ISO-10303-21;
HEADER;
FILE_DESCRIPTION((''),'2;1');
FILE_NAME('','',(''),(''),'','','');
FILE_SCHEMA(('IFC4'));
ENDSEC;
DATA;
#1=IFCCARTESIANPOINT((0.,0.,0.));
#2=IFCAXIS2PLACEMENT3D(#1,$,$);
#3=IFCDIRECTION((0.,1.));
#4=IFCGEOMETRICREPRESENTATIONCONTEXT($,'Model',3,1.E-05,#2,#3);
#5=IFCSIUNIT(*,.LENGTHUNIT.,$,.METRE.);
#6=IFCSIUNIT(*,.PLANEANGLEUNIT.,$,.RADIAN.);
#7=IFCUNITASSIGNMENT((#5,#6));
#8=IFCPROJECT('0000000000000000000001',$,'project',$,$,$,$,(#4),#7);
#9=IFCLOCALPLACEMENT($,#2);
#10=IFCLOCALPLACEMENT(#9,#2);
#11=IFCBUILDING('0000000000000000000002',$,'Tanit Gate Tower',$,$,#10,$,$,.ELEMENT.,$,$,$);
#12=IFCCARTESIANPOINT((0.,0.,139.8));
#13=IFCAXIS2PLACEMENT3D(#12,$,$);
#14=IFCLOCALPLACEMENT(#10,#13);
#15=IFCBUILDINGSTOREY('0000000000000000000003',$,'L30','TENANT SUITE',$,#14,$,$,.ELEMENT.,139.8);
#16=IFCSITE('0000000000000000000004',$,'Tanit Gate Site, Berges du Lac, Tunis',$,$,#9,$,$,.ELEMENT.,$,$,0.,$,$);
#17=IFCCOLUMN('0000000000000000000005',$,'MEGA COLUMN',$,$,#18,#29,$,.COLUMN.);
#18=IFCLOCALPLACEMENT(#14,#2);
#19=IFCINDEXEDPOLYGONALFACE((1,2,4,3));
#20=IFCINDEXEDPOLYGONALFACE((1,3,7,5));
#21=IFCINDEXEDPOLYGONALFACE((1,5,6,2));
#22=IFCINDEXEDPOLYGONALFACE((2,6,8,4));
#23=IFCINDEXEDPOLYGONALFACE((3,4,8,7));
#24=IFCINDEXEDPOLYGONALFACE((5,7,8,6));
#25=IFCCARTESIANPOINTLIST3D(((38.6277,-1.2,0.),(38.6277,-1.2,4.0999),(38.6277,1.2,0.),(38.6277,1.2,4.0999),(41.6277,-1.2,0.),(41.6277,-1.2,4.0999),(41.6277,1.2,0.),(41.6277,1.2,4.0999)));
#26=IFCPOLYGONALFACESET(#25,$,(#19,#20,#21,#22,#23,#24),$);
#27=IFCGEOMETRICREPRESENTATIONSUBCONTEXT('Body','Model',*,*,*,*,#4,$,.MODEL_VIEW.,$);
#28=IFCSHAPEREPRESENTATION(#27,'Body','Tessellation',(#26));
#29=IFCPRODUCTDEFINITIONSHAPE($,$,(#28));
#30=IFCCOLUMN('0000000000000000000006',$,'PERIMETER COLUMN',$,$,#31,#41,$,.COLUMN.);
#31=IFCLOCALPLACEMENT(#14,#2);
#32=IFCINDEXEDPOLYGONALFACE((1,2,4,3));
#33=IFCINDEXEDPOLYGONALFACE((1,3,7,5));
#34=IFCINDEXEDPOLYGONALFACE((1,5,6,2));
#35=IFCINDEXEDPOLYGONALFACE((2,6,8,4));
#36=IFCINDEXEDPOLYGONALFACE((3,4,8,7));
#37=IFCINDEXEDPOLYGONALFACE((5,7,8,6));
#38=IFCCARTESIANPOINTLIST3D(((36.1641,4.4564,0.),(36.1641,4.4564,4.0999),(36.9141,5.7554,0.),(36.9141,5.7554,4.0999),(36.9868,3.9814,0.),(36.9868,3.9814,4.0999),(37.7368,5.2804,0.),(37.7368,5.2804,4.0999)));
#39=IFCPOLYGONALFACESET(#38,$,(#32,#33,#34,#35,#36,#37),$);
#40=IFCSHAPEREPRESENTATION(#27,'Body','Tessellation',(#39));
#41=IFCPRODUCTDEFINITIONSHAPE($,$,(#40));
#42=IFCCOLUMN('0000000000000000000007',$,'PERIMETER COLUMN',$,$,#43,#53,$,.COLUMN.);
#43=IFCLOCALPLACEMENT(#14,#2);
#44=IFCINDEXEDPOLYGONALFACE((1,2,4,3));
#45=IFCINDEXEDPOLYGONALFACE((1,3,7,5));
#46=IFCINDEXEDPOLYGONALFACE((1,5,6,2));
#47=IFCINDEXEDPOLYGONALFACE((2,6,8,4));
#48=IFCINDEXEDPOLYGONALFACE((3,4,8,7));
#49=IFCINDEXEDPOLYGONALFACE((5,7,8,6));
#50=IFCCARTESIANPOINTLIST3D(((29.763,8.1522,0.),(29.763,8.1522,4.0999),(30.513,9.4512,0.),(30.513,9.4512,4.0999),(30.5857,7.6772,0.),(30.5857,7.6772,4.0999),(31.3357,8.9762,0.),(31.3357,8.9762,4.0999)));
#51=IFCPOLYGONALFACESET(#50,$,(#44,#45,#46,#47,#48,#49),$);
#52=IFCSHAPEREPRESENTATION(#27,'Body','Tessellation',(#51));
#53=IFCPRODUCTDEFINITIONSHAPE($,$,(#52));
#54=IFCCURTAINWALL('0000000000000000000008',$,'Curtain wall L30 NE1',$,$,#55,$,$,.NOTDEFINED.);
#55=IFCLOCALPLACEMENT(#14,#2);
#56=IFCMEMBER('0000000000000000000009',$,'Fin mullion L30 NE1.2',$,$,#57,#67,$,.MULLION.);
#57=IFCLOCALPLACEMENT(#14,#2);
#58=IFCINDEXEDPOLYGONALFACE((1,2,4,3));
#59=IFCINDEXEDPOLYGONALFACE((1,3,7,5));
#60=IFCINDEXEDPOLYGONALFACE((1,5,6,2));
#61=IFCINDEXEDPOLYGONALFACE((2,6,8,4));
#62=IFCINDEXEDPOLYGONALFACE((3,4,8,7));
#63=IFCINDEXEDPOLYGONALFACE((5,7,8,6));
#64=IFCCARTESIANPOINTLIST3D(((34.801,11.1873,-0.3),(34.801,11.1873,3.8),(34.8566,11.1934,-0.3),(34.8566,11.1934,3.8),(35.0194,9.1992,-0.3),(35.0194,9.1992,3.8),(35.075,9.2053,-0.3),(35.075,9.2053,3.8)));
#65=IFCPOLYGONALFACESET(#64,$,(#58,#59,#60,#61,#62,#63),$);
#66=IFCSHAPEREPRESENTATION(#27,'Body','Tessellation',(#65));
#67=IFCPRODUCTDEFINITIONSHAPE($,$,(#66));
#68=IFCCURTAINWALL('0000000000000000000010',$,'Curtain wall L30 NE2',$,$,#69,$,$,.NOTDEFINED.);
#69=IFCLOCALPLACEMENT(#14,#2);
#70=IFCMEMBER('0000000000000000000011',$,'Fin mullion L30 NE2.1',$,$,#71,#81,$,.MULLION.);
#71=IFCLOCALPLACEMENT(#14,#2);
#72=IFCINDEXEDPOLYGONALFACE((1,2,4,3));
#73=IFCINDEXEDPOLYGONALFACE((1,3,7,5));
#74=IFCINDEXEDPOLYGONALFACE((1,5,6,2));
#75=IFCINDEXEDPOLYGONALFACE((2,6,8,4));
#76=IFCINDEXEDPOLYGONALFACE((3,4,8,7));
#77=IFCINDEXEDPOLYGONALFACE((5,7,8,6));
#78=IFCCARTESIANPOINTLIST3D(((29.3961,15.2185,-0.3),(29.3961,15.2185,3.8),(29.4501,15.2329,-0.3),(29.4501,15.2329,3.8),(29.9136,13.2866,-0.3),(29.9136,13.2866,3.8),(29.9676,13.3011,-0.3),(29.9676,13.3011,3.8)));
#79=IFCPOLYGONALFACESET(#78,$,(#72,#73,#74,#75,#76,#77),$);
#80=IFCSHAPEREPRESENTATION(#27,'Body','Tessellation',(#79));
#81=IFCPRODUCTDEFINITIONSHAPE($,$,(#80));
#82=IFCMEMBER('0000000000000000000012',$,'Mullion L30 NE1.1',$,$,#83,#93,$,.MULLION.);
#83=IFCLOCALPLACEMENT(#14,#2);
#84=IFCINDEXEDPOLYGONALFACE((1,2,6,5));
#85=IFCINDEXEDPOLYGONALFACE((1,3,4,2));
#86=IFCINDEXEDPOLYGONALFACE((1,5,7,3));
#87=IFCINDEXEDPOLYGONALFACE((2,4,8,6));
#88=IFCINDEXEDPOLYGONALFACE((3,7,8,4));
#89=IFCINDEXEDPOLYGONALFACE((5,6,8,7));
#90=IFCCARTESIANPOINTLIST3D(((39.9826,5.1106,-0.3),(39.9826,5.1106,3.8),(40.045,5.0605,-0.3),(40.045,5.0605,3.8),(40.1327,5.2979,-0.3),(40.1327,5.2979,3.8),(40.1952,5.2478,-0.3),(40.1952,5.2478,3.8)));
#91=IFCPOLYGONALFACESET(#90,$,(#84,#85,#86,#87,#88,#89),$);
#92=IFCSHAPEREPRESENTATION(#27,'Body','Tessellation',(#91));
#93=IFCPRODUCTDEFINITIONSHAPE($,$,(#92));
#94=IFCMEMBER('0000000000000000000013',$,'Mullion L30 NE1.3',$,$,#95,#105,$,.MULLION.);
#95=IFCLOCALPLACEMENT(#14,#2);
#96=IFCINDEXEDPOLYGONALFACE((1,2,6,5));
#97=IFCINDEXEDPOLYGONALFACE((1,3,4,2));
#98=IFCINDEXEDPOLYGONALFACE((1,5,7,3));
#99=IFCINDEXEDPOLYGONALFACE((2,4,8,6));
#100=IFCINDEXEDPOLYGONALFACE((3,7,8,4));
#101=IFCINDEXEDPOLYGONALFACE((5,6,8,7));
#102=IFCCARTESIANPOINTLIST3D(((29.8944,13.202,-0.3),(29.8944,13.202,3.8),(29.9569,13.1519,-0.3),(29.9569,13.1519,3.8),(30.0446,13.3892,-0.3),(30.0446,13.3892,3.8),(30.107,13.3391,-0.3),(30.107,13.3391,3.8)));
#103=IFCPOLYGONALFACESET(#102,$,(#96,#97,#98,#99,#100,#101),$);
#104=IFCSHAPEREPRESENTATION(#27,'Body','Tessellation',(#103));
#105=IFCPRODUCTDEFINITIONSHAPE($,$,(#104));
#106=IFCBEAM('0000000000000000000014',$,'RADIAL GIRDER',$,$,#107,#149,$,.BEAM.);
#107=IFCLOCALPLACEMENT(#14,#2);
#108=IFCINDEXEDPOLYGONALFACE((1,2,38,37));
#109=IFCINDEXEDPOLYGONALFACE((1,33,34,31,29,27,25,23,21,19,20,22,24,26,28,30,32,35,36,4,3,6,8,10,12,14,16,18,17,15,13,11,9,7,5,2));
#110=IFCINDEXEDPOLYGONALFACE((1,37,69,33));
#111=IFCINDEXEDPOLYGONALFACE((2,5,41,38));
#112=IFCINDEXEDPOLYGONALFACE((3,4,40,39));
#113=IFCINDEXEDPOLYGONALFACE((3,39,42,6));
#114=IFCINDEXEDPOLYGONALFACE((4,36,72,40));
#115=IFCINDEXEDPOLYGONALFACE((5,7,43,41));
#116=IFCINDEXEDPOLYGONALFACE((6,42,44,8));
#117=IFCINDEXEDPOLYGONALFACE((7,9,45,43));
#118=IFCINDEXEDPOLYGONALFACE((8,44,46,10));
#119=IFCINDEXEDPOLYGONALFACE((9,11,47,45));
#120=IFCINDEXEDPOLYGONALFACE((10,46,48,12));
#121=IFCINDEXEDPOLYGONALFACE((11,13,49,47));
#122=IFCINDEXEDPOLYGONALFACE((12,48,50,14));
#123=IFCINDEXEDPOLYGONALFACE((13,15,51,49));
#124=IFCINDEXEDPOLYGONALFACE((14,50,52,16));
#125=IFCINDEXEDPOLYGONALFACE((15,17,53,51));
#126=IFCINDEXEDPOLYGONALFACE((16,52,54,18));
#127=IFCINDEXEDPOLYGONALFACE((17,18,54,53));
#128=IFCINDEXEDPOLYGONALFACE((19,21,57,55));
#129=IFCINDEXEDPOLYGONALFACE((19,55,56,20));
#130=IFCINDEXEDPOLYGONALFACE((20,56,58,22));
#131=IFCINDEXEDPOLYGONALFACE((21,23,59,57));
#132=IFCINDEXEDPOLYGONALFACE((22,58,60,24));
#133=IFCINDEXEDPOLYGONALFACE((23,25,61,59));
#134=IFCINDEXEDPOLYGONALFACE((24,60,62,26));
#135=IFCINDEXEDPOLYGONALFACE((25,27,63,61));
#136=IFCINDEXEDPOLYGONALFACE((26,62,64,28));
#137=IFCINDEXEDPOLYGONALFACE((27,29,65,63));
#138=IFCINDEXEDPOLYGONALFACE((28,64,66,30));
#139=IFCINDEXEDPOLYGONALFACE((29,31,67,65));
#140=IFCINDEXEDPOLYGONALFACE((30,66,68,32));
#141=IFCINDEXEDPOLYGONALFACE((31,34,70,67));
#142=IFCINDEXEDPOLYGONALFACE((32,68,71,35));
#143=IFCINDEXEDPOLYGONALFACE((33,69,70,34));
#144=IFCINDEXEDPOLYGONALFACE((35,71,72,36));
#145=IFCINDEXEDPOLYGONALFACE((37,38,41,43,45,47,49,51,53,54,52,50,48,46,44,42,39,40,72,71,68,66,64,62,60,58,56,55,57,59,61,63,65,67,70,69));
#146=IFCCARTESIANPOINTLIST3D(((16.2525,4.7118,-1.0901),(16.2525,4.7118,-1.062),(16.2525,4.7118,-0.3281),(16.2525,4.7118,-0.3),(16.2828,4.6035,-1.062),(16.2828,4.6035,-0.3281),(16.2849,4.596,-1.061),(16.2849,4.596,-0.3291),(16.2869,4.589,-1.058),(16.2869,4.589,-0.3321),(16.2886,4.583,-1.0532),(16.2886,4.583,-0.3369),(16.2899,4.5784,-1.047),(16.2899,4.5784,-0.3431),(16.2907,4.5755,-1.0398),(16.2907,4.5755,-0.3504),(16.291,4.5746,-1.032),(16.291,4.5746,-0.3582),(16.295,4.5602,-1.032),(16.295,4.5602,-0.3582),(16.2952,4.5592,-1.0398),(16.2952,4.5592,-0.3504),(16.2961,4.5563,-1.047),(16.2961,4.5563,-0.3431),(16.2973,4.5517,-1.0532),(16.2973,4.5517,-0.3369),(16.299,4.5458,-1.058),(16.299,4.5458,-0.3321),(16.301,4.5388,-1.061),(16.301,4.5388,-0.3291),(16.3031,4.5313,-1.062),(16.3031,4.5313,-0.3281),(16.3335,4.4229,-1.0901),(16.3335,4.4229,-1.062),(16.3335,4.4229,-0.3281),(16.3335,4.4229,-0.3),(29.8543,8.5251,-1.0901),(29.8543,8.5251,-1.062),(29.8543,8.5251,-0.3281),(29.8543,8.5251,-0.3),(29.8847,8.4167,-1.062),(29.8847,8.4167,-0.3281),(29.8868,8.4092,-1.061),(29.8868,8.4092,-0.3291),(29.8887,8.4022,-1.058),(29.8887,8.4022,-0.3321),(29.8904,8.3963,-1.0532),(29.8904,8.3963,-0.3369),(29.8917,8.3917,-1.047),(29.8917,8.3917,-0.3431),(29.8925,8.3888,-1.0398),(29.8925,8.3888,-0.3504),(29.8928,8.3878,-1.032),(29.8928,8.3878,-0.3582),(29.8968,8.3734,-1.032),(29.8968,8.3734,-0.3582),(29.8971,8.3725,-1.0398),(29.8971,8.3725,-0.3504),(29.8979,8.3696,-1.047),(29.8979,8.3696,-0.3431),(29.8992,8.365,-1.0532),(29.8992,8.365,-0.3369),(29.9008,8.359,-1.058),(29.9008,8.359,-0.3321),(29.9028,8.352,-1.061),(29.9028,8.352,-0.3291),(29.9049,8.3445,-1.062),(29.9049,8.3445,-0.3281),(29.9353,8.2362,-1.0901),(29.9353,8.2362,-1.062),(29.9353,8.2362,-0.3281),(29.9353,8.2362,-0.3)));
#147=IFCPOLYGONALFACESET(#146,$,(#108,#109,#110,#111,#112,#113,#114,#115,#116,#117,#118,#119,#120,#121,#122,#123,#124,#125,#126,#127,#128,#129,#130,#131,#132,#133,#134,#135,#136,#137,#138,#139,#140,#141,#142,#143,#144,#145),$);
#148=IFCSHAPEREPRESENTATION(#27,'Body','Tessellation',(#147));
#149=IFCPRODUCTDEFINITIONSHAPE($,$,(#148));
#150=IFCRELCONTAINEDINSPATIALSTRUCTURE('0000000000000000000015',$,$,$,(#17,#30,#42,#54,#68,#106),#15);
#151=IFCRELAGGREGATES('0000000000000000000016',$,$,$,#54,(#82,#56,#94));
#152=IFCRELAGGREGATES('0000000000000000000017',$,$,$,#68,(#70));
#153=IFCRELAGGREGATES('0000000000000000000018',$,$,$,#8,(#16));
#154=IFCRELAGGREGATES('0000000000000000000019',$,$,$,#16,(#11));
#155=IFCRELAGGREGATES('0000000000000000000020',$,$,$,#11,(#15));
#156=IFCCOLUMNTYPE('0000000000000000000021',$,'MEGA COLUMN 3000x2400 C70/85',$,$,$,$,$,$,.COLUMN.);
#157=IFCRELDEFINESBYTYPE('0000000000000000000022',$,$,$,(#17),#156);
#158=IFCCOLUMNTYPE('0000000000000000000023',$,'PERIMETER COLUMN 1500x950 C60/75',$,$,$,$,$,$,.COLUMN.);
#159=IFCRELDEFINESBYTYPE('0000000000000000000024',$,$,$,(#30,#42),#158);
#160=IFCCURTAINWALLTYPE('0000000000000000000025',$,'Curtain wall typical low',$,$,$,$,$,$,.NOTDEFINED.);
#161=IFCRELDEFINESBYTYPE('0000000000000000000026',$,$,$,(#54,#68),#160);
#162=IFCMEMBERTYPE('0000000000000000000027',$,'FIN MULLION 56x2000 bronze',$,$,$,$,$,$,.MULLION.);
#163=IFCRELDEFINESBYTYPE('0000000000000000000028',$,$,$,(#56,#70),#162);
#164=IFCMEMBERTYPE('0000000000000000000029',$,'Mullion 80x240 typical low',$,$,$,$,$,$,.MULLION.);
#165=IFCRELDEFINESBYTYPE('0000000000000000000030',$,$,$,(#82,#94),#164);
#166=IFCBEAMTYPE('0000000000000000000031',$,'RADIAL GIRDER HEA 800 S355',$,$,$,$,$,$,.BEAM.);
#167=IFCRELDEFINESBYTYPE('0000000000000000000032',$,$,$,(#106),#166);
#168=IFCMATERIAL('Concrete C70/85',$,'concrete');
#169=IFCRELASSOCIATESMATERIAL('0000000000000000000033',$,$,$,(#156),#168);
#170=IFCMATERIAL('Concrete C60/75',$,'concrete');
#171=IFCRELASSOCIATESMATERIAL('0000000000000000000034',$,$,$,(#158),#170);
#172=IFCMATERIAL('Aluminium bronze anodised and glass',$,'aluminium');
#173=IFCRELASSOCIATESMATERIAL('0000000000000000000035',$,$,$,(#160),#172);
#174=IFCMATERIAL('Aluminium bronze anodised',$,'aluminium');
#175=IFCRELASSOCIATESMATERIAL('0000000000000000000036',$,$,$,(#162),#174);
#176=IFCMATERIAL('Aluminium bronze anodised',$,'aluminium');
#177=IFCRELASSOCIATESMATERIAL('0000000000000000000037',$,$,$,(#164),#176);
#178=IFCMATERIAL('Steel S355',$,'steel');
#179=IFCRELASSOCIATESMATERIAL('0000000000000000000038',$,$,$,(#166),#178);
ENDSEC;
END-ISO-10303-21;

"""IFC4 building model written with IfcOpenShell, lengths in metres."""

from ifc_helpers import new_model, si_unit, direction, frame, origin, origin_2d, place, context, subcontext, project, spatial, rectangle, i_section, extrude, material, material_profile, profile_set, type_object, element, aggregate, save


model = new_model("IFC4")

# Units and contexts
model_context = context("Model", 3, precision=1e-05, world=origin(), true_north=direction((0.0, 1.0)))
body_context = subcontext(model_context, "Body", "Model", "MODEL_VIEW")
ifc_project = project(units=[si_unit("LENGTHUNIT", "METRE"), si_unit("PLANEANGLEUNIT", "RADIAN")], contexts=[model_context])

# Site, building, storey
site_placement = place(None, origin())
site = spatial("IfcSite", under=ifc_project, at=site_placement, Name="Tanit Gate Site, Berges du Lac, Tunis", CompositionType="ELEMENT", RefElevation=0.0)
building_placement = place(site_placement, origin())
building = spatial("IfcBuilding", under=site, at=building_placement, Name="Tanit Gate Tower", CompositionType="ELEMENT")
storey_placement = place(building_placement, frame((0.0, 0.0, 139.8)))
storey = spatial("IfcBuildingStorey", under=building, at=storey_placement, Name="L30", Description="TENANT SUITE", CompositionType="ELEMENT", Elevation=139.8)

# Columns
ifc_material_1 = material(Name="Concrete C70/85", Category="concrete")
ifc_material_profile_1 = material_profile(ifc_material_1, rectangle(XDim=3.0, YDim=2.3999, at=origin_2d()), Name="RC 3000x2400")
ifc_profile_set_1 = profile_set([ifc_material_profile_1], Name="Concrete C70/85")
column_type_1 = type_object("IfcColumnType", Name="MEGA COLUMN 3000x2400 C70/85", PredefinedType="COLUMN", material=ifc_profile_set_1)
column_placement = place(storey_placement, frame((40.1277, 0.0, 0.0), z_axis=(0.0, 0.0, 1.0), x_axis=(1.0, 0.0, 0.0)))
element("IfcColumn", 1, at=column_placement, inside=storey, type_object=column_type_1, Name="MEGA COLUMN", PredefinedType="COLUMN", context=body_context, shape_type="SweptSolid", body=[
    extrude(rectangle(XDim=3.0, YDim=2.3999, at=origin_2d()), origin(), (0.0, 0.0, 1.0), 4.0999),
])
ifc_material_2 = material(Name="Concrete C60/75", Category="concrete")
ifc_material_profile_2 = material_profile(ifc_material_2, rectangle(XDim=1.5, YDim=0.95, at=origin_2d()), Name="RC 1500x950")
ifc_profile_set_2 = profile_set([ifc_material_profile_2], Name="Concrete C60/75")
column_type_2 = type_object("IfcColumnType", Name="PERIMETER COLUMN 1500x950 C60/75", PredefinedType="COLUMN", material=ifc_profile_set_2)
for number, where, z_axis, x_axis, name in (
    (2, (36.9504, 4.8684, 0.0), (0.0, 0.0, 1.0), (0.5, 0.866025, 0.0), "PERIMETER COLUMN"),
    (3, (30.5493, 8.5642, 0.0), (0.0, 0.0, 1.0), (0.5, 0.866025, 0.0), "PERIMETER COLUMN"),
):
    element("IfcColumn", number, at=place(storey_placement, frame(where, z_axis=z_axis, x_axis=x_axis)), inside=storey, type_object=column_type_2, Name=name, PredefinedType="COLUMN", context=body_context, shape_type="SweptSolid", body=[
        extrude(rectangle(XDim=1.5, YDim=0.95, at=origin_2d()), origin(), (0.0, 0.0, 1.0), 4.0999),
    ])

# Curtain walls, members
ifc_material_3 = material(Name="Aluminium bronze anodised and glass", Category="aluminium")
curtain_wall_type = type_object("IfcCurtainWallType", Name="Curtain wall typical low", PredefinedType="NOTDEFINED", material=ifc_material_3)
curtain_wall_1_placement = place(storey_placement, origin())
curtain_wall_1 = element("IfcCurtainWall", 4, at=curtain_wall_1_placement, inside=storey, type_object=curtain_wall_type, Name="Curtain wall L30 NE1", PredefinedType="NOTDEFINED")
ifc_material_4 = material(Name="Aluminium bronze anodised", Category="aluminium")
ifc_material_profile_3 = material_profile(ifc_material_4, rectangle(XDim=2.0, YDim=0.0559, at=origin_2d()), Name="56x2000 bronze fin mullion")
ifc_profile_set_3 = profile_set([ifc_material_profile_3], Name="Aluminium bronze anodised")
member_type_1 = type_object("IfcMemberType", Name="FIN MULLION 56x2000 bronze", PredefinedType="MULLION", material=ifc_profile_set_3)
member_1_placement = place(storey_placement, frame((34.938, 10.1963, -0.3), z_axis=(0.0, 0.0, 1.0), x_axis=(0.109185, -0.994021, 0.0)))
member_1 = element("IfcMember", 5, at=member_1_placement, type_object=member_type_1, Name="Fin mullion L30 NE1.2", PredefinedType="MULLION", context=body_context, shape_type="SweptSolid", body=[
    extrude(rectangle(XDim=2.0, YDim=0.0559, at=origin_2d()), origin(), (0.0, 0.0, 1.0), 4.1001),
])
curtain_wall_2_placement = place(storey_placement, origin())
curtain_wall_2 = element("IfcCurtainWall", 6, at=curtain_wall_2_placement, inside=storey, type_object=curtain_wall_type, Name="Curtain wall L30 NE2", PredefinedType="NOTDEFINED")
member_2_placement = place(storey_placement, frame((29.6819, 14.2598, -0.3), z_axis=(0.0, 0.0, 1.0), x_axis=(0.258752, -0.965944, 0.0)))
member_2 = element("IfcMember", 7, at=member_2_placement, type_object=member_type_1, Name="Fin mullion L30 NE2.1", PredefinedType="MULLION", context=body_context, shape_type="SweptSolid", body=[
    extrude(rectangle(XDim=2.0, YDim=0.0559, at=origin_2d()), origin(), (0.0, 0.0, 1.0), 4.1001),
])

# Members
ifc_material_5 = material(Name="Aluminium bronze anodised", Category="aluminium")
ifc_material_profile_4 = material_profile(ifc_material_5, rectangle(XDim=0.24, YDim=0.0801, at=origin_2d()), Name="80x240 bronze mullion")
ifc_profile_set_4 = profile_set([ifc_material_profile_4], Name="Aluminium bronze anodised")
member_type_2 = type_object("IfcMemberType", Name="Mullion 80x240 typical low", PredefinedType="MULLION", material=ifc_profile_set_4)
member_3_placement = place(storey_placement, frame((40.0889, 5.1792, -0.3), z_axis=(0.0, 0.0, 1.0), x_axis=(-0.625674, -0.780085, 0.0)))
member_3 = element("IfcMember", 8, at=member_3_placement, type_object=member_type_2, Name="Mullion L30 NE1.1", PredefinedType="MULLION", context=body_context, shape_type="SweptSolid", body=[
    extrude(rectangle(XDim=0.24, YDim=0.0801, at=origin_2d()), origin(), (0.0, 0.0, 1.0), 4.1001),
])
member_4_placement = place(storey_placement, frame((30.0007, 13.2705, -0.3), z_axis=(0.0, 0.0, 1.0), x_axis=(-0.625674, -0.780085, 0.0)))
member_4 = element("IfcMember", 9, at=member_4_placement, type_object=member_type_2, Name="Mullion L30 NE1.3", PredefinedType="MULLION", context=body_context, shape_type="SweptSolid", body=[
    extrude(rectangle(XDim=0.24, YDim=0.0801, at=origin_2d()), origin(), (0.0, 0.0, 1.0), 4.1001),
])

# Beam
ifc_material_6 = material(Name="Steel S355", Category="steel")
ifc_material_profile_5 = material_profile(ifc_material_6, i_section(OverallWidth=0.3, OverallDepth=0.79, WebThickness=0.0149, FlangeThickness=0.0281, FilletRadius=0.03, at=origin_2d()), Name="HEA 800")
ifc_profile_set_5 = profile_set([ifc_material_profile_5], Name="Steel S355")
beam_type_1 = type_object("IfcBeamType", Name="RADIAL GIRDER HEA 800 S355", PredefinedType="BEAM", material=ifc_profile_set_5)
beam_1_placement = place(storey_placement, frame((29.8948, 8.3806, -0.6951), z_axis=(-0.962877, -0.26994, 0.0), x_axis=(0.26994, -0.962877, 0.0)))
element("IfcBeam", 10, at=beam_1_placement, inside=storey, type_object=beam_type_1, Name="RADIAL GIRDER", PredefinedType="BEAM", context=body_context, shape_type="SweptSolid", body=[
    extrude(i_section(OverallWidth=0.3, OverallDepth=0.79, WebThickness=0.0149, FlangeThickness=0.0281, FilletRadius=0.03, at=origin_2d()), origin(), (0.0, 0.0, 1.0), 14.1262),
])

aggregate(curtain_wall_1, [member_3, member_1, member_4])
aggregate(curtain_wall_2, [member_2])

save(model, "model.ifc")
